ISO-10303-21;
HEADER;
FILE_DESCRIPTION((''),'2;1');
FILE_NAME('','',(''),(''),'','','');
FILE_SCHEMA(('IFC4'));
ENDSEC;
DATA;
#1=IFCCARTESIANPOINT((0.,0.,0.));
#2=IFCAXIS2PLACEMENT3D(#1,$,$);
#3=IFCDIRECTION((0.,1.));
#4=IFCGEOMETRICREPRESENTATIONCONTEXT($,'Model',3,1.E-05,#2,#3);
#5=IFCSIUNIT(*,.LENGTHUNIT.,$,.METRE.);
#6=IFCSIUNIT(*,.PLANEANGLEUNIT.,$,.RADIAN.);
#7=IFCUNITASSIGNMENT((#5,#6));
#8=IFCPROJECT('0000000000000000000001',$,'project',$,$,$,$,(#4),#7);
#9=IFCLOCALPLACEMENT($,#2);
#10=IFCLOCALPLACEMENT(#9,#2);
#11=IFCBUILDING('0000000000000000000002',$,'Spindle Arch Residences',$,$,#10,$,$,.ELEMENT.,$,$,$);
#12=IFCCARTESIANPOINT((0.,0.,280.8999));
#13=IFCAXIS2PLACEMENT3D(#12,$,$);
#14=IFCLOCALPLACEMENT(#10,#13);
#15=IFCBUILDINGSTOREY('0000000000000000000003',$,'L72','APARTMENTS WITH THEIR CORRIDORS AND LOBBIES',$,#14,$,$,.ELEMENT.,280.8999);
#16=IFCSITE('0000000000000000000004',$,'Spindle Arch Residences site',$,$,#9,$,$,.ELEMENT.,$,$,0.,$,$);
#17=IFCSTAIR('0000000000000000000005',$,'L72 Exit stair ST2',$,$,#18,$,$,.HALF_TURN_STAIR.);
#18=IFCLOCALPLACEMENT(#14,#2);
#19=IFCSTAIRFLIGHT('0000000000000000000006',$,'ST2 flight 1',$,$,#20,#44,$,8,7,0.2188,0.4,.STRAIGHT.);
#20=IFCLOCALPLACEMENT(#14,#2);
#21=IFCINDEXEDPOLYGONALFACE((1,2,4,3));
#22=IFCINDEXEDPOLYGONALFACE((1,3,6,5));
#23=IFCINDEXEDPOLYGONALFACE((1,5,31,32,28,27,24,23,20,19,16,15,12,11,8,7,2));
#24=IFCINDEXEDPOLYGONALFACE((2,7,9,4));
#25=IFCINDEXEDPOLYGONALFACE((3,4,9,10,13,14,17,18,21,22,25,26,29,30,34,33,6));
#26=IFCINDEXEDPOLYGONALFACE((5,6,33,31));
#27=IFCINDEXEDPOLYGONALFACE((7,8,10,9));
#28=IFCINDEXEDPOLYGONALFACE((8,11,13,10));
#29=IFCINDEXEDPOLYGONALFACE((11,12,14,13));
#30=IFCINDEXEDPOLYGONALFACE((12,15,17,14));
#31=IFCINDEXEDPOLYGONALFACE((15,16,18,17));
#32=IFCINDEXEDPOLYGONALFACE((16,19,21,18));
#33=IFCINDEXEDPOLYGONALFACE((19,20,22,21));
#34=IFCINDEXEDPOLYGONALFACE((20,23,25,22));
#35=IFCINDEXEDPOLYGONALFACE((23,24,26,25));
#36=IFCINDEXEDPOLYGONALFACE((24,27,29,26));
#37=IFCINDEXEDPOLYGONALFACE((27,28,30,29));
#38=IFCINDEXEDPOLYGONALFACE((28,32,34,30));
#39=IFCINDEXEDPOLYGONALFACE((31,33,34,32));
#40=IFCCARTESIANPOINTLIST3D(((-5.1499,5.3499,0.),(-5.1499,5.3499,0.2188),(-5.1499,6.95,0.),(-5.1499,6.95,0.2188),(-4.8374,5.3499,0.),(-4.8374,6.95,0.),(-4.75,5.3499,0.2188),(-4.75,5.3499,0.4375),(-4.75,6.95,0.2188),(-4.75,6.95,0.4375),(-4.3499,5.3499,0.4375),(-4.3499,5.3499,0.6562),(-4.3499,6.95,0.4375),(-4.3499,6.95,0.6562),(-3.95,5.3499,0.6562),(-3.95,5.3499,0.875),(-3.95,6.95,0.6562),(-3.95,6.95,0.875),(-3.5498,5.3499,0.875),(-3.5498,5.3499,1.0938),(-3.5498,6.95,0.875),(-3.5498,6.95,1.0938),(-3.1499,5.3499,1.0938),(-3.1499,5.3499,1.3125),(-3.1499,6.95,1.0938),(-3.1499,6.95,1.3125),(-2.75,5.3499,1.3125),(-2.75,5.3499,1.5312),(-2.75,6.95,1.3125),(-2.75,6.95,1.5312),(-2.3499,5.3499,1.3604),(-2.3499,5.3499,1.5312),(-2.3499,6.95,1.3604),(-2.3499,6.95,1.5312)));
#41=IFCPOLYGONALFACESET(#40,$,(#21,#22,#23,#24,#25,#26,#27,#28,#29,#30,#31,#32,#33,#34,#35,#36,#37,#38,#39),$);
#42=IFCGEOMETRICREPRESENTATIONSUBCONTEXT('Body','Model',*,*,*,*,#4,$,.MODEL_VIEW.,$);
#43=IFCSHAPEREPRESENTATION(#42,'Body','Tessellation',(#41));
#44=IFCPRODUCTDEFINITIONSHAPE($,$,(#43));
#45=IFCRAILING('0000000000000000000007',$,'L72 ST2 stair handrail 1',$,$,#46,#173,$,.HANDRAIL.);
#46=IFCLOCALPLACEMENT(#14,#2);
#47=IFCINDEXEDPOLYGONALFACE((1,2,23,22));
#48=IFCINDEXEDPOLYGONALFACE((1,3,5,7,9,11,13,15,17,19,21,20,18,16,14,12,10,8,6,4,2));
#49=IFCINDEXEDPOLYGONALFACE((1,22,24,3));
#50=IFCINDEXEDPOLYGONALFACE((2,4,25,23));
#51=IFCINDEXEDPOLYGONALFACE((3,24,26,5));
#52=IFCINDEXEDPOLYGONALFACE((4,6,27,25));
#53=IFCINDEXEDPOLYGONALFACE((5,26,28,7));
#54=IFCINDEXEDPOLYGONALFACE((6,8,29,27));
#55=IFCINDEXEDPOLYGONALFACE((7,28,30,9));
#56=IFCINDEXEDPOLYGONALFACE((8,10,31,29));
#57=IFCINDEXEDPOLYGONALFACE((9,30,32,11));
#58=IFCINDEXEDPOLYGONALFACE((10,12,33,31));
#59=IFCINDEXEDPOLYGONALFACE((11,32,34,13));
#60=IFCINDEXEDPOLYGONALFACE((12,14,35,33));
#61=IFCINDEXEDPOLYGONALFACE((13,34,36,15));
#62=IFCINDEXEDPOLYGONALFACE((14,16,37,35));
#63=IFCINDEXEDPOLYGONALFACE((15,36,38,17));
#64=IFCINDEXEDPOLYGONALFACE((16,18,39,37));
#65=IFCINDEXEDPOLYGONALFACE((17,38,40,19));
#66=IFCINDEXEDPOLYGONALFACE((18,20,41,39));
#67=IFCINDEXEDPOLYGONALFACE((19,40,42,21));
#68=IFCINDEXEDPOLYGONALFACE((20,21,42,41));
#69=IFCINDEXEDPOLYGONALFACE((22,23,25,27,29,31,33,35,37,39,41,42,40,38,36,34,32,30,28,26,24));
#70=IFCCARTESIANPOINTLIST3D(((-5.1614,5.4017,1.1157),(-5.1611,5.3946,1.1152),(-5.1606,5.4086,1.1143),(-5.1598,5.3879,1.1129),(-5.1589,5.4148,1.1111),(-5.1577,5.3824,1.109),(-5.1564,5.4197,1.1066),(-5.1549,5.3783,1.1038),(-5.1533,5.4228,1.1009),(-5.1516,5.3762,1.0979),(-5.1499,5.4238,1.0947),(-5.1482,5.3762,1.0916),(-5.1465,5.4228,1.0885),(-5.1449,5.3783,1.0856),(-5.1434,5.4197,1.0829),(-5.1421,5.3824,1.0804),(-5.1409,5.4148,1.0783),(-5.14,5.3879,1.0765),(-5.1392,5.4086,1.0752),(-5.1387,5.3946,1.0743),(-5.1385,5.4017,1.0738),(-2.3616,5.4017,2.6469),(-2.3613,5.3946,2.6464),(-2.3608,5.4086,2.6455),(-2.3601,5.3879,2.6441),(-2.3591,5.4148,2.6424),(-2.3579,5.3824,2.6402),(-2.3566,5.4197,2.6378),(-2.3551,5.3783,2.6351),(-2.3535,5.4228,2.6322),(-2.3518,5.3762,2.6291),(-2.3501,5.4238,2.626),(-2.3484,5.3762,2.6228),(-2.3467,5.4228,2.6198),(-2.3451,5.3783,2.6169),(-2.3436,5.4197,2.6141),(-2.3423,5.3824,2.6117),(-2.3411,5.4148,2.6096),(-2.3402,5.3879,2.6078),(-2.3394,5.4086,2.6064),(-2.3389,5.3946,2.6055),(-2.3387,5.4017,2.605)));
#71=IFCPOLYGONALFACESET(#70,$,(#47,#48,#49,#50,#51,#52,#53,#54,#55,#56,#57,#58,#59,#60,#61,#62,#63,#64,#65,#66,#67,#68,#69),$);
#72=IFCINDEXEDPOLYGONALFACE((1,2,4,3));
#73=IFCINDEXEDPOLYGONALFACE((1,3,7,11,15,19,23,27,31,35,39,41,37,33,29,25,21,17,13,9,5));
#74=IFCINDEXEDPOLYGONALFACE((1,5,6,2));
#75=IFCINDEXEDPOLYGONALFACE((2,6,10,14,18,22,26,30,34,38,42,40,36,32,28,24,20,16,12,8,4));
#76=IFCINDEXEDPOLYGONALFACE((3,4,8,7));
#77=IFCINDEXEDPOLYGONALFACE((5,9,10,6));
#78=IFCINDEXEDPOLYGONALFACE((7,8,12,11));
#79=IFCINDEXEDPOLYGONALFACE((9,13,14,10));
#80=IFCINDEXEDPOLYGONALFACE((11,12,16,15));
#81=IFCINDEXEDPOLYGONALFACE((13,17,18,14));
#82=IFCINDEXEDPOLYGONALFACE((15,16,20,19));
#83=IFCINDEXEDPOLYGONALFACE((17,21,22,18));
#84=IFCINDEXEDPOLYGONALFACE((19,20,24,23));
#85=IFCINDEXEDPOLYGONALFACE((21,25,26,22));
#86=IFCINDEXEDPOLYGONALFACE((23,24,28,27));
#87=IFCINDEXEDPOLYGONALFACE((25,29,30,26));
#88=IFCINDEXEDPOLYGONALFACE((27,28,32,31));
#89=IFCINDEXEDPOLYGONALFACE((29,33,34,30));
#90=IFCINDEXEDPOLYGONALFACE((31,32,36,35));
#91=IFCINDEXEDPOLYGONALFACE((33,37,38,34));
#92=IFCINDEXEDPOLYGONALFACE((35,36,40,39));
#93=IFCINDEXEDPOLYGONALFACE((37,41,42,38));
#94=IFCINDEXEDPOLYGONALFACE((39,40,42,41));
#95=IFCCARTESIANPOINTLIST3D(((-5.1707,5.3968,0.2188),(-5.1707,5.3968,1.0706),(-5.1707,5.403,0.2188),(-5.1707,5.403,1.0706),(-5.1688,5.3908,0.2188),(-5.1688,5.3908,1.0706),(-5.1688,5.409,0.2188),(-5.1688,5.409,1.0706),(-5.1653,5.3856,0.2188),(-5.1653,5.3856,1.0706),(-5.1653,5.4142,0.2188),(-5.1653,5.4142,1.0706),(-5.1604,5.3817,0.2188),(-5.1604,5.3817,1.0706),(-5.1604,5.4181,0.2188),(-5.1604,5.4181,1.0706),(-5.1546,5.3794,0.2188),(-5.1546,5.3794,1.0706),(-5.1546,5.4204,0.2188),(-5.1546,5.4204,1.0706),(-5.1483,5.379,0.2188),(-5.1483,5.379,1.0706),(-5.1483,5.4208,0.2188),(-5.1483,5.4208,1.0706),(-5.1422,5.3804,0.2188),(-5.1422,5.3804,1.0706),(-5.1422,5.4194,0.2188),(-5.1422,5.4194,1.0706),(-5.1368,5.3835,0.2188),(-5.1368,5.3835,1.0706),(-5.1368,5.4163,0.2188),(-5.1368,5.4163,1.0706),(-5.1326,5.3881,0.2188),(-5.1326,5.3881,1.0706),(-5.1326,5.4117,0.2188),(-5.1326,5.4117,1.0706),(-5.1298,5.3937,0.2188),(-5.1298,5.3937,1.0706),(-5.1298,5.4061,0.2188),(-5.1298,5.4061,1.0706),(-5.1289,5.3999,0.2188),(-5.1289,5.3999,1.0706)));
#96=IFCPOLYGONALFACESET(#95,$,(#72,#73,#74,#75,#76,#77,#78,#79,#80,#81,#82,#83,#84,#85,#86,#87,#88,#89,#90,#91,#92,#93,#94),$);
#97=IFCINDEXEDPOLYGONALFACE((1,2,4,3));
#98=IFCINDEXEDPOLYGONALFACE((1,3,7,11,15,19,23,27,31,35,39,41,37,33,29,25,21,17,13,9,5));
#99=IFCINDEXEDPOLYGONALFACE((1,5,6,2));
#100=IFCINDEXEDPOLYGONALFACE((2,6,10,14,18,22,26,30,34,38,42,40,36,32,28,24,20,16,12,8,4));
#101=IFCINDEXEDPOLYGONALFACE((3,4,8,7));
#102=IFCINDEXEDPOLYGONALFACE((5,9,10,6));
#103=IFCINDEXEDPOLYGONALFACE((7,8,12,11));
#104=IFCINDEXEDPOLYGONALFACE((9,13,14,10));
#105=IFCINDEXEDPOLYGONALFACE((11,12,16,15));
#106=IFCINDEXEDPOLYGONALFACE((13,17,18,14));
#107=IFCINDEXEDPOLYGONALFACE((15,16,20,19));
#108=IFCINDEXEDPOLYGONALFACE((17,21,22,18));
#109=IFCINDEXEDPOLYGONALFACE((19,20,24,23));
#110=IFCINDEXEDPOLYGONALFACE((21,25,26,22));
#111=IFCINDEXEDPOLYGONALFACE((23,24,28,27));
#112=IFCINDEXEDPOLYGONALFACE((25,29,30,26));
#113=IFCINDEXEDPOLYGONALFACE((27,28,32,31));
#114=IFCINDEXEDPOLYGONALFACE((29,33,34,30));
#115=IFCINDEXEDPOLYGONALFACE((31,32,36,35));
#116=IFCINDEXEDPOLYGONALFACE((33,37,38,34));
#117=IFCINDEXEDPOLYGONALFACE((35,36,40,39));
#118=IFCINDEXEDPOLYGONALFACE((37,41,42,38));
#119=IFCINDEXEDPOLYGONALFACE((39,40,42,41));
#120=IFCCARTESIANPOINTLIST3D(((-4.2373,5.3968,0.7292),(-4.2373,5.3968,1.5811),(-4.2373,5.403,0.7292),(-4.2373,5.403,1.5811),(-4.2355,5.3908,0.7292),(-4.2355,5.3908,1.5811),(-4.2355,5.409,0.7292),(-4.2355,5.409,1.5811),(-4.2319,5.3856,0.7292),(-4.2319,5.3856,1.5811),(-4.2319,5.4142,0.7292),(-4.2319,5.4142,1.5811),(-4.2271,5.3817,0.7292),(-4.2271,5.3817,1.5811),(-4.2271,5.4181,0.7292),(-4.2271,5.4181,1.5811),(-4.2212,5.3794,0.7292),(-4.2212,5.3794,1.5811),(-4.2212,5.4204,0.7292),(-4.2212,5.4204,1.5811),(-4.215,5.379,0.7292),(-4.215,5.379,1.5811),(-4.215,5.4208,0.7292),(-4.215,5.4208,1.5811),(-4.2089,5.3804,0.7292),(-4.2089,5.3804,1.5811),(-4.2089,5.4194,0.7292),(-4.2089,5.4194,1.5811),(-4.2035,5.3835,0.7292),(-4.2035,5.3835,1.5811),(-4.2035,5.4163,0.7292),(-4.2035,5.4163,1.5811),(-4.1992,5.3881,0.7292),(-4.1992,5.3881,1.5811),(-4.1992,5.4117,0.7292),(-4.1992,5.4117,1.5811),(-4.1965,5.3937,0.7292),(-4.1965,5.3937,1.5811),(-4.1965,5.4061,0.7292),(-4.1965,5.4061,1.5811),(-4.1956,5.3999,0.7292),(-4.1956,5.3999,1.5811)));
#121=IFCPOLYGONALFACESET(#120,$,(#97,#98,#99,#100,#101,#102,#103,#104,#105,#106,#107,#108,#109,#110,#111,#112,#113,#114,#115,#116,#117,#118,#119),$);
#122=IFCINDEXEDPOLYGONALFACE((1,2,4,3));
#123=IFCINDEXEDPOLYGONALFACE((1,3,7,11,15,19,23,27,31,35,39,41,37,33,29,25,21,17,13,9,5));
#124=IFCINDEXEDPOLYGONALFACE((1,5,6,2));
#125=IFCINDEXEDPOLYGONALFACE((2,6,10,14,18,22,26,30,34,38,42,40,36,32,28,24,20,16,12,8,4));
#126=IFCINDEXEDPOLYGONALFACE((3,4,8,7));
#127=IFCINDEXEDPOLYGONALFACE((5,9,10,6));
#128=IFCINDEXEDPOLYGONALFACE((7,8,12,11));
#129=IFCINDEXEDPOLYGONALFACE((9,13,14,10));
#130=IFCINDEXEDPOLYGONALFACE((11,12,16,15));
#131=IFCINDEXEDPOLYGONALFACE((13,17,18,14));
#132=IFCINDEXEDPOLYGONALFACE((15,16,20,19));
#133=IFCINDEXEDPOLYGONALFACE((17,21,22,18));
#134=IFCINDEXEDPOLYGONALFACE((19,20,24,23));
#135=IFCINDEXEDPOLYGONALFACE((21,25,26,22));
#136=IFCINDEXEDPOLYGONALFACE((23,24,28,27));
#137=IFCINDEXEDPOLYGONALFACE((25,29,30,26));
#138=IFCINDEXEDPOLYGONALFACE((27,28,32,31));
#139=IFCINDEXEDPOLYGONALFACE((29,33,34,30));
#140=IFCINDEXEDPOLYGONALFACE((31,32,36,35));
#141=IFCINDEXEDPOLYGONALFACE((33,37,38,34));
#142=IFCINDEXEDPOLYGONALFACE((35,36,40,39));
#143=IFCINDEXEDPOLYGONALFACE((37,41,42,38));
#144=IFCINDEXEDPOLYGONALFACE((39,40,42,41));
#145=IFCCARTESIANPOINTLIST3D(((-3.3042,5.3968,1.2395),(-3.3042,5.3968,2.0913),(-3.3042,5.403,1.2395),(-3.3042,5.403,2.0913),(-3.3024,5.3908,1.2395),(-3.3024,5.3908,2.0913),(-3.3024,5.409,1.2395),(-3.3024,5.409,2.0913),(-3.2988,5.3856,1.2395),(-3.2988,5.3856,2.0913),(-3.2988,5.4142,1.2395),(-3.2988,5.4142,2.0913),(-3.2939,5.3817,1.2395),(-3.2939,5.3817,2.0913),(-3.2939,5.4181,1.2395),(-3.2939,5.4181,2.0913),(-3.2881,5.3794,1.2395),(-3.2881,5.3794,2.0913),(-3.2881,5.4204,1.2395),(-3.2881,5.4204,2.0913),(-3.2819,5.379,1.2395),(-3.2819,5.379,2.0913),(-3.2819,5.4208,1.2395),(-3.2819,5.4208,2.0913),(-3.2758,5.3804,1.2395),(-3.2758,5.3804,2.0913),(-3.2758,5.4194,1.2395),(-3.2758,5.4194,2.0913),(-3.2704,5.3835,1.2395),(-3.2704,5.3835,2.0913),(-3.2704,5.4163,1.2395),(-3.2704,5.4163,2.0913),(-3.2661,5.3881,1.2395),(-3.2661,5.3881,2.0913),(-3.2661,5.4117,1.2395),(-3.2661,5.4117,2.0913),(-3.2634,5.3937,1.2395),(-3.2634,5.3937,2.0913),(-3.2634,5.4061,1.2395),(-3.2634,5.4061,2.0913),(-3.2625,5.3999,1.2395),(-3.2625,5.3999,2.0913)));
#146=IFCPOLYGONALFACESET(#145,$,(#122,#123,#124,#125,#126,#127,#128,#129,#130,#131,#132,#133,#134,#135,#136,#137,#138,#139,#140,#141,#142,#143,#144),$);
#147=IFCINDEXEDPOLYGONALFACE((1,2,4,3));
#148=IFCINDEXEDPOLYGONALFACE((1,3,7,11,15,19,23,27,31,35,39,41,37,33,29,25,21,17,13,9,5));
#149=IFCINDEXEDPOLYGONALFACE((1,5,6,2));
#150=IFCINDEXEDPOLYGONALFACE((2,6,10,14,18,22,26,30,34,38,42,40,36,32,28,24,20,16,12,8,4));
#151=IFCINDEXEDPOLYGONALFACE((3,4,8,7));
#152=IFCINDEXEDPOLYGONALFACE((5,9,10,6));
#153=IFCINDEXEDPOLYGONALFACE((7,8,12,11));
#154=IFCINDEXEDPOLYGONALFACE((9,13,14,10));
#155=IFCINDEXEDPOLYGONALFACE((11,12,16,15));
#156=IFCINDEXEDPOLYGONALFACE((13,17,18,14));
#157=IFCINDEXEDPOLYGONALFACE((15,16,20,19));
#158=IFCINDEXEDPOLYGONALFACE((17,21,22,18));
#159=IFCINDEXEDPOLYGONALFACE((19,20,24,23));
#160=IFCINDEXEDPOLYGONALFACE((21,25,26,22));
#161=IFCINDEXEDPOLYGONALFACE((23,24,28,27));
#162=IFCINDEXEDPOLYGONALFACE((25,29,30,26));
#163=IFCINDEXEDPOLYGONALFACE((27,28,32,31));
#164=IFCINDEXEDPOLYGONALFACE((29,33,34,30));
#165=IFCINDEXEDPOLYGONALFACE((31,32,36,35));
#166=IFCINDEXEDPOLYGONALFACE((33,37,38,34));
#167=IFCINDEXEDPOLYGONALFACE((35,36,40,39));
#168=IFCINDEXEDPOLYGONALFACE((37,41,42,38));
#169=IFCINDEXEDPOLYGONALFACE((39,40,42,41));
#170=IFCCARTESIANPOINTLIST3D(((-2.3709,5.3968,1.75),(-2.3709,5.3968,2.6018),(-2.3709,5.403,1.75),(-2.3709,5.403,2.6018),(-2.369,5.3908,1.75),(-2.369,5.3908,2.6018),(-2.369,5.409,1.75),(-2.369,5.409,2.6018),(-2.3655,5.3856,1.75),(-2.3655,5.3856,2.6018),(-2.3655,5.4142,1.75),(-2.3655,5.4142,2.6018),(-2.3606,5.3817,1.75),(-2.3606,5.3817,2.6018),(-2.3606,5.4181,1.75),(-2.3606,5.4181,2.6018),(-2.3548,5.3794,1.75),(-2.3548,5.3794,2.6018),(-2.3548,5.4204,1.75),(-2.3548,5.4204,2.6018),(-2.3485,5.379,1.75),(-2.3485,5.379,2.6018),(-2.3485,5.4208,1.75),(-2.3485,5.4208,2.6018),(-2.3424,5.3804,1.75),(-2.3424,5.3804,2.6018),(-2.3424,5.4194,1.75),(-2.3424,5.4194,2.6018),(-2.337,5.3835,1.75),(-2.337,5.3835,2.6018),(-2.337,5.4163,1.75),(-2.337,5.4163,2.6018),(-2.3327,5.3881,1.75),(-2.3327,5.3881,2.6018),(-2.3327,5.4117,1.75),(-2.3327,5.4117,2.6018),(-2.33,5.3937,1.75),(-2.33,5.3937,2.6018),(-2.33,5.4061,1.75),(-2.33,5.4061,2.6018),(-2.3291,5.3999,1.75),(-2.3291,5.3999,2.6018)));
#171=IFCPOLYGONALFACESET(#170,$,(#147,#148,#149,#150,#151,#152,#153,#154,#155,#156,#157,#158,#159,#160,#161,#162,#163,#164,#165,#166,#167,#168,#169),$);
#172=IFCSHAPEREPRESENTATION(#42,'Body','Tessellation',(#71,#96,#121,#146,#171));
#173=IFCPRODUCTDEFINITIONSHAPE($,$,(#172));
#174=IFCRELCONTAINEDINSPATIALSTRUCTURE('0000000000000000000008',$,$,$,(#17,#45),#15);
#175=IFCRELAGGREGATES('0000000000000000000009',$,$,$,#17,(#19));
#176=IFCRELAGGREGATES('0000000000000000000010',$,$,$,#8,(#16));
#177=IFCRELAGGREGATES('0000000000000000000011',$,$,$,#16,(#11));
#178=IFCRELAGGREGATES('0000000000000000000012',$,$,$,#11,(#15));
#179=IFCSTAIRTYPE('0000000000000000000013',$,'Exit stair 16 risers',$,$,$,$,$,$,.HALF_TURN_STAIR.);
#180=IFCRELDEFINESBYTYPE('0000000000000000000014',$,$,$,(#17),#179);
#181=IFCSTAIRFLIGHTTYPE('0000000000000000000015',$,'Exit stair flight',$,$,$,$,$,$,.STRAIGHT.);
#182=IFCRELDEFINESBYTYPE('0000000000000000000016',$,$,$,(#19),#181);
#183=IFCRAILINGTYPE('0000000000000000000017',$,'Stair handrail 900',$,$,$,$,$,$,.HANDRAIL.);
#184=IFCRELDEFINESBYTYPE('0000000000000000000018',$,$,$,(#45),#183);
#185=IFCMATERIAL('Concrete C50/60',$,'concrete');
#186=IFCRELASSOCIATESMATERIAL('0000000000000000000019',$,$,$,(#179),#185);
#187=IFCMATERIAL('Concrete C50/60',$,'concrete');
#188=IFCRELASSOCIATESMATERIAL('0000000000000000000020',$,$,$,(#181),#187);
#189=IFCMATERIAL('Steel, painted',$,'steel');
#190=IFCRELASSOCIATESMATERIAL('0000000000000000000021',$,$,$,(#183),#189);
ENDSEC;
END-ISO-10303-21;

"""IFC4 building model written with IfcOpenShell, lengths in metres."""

from ifc_helpers import new_model, si_unit, direction, frame, origin, origin_2d, place, context, subcontext, project, spatial, polyline, circle, outline, extrude, material, type_object, element, aggregate, save


model = new_model("IFC4")

# Units and contexts
model_context = context("Model", 3, precision=1e-05, world=origin(), true_north=direction((0.0, 1.0)))
body_context = subcontext(model_context, "Body", "Model", "MODEL_VIEW")
ifc_project = project(units=[si_unit("LENGTHUNIT", "METRE"), si_unit("PLANEANGLEUNIT", "RADIAN")], contexts=[model_context])

# Site, building, storey
site_placement = place(None, origin())
site = spatial("IfcSite", under=ifc_project, at=site_placement, Name="Spindle Arch Residences site", CompositionType="ELEMENT", RefElevation=0.0)
building_placement = place(site_placement, origin())
building = spatial("IfcBuilding", under=site, at=building_placement, Name="Spindle Arch Residences", CompositionType="ELEMENT")
storey_placement = place(building_placement, frame((0.0, 0.0, 280.8999)))
storey = spatial("IfcBuildingStorey", under=building, at=storey_placement, Name="L72", Description="APARTMENTS WITH THEIR CORRIDORS AND LOBBIES", CompositionType="ELEMENT", Elevation=280.8999)

# Stair, stair flight
ifc_material_1 = material(Name="Concrete C50/60", Category="concrete")
stair_type = type_object("IfcStairType", Name="Exit stair 16 risers", PredefinedType="HALF_TURN_STAIR", material=ifc_material_1)
stair_placement = place(storey_placement, origin())
stair = element("IfcStair", 1, at=stair_placement, inside=storey, type_object=stair_type, Name="L72 Exit stair ST2", PredefinedType="HALF_TURN_STAIR")
ifc_material_2 = material(Name="Concrete C50/60", Category="concrete")
stair_flight_type = type_object("IfcStairFlightType", Name="Exit stair flight", PredefinedType="STRAIGHT", material=ifc_material_2)
stair_flight_placement = place(storey_placement, frame((-5.1499, 6.1499, 0.0), z_axis=(0.0, 0.0, 1.0), x_axis=(1.0, 0.0, 0.0)))
stair_flight = element("IfcStairFlight", 2, at=stair_flight_placement, type_object=stair_flight_type, Name="ST2 flight 1", NumberOfRisers=8, NumberOfTreads=7, PredefinedType="STRAIGHT", RiserHeight=0.2188, TreadLength=0.4, context=body_context, shape_type="SweptSolid", body=[
    extrude(outline(polyline([(0.0, 0.0), (0.0, 0.2188), (0.3999, 0.2188), (0.3999, 0.4375), (0.8, 0.4375), (0.8, 0.6562), (1.2, 0.6562), (1.2, 0.875), (1.6001, 0.875), (1.6001, 1.0938), (2.0, 1.0938), (2.0, 1.3125), (2.3999, 1.3125), (2.3999, 1.5312), (2.8, 1.5312), (2.8, 1.75), (2.8, 1.3604), (0.3125, 0.0), (0.0, 0.0)])), frame((0.0, 0.8, 0.0), z_axis=(0.0, -1.0, 0.0), x_axis=(1.0, 0.0, 0.0)), (0.0, 0.0, 1.0), 1.6001),
])
aggregate(stair, [stair_flight])

# Railing
ifc_material_3 = material(Name="Steel, painted", Category="steel")
railing_type_1 = type_object("IfcRailingType", Name="Stair handrail 900", PredefinedType="HANDRAIL", material=ifc_material_3)
railing_1_placement = place(storey_placement, frame((-5.1499, 5.3999, 0.2188)))
element("IfcRailing", 3, at=railing_1_placement, inside=storey, type_object=railing_type_1, Name="L72 ST2 stair handrail 1", PredefinedType="HANDRAIL", context=body_context, shape_type="SweptSolid", body=[
    extrude(circle(Radius=0.0239, at=origin_2d()), frame((0.0, 0.0, 0.876), z_axis=(0.877357, 0.0, 0.479838), x_axis=(0.0, 1.0, 0.0)), (0.0, 0.0, 1.0), 3.1912),
    extrude(circle(Radius=0.021, at=origin_2d()), origin(), (0.0, 0.0, 1.0), 0.8518),
    extrude(circle(Radius=0.021, at=origin_2d()), frame((0.9333, 0.0, 0.5105)), (0.0, 0.0, 1.0), 0.8518),
    extrude(circle(Radius=0.021, at=origin_2d()), frame((1.8665, 0.0, 1.0208)), (0.0, 0.0, 1.0), 0.8518),
    extrude(circle(Radius=0.021, at=origin_2d()), frame((2.7998, 0.0, 1.5312)), (0.0, 0.0, 1.0), 0.8518),
])

save(model, "model.ifc")
